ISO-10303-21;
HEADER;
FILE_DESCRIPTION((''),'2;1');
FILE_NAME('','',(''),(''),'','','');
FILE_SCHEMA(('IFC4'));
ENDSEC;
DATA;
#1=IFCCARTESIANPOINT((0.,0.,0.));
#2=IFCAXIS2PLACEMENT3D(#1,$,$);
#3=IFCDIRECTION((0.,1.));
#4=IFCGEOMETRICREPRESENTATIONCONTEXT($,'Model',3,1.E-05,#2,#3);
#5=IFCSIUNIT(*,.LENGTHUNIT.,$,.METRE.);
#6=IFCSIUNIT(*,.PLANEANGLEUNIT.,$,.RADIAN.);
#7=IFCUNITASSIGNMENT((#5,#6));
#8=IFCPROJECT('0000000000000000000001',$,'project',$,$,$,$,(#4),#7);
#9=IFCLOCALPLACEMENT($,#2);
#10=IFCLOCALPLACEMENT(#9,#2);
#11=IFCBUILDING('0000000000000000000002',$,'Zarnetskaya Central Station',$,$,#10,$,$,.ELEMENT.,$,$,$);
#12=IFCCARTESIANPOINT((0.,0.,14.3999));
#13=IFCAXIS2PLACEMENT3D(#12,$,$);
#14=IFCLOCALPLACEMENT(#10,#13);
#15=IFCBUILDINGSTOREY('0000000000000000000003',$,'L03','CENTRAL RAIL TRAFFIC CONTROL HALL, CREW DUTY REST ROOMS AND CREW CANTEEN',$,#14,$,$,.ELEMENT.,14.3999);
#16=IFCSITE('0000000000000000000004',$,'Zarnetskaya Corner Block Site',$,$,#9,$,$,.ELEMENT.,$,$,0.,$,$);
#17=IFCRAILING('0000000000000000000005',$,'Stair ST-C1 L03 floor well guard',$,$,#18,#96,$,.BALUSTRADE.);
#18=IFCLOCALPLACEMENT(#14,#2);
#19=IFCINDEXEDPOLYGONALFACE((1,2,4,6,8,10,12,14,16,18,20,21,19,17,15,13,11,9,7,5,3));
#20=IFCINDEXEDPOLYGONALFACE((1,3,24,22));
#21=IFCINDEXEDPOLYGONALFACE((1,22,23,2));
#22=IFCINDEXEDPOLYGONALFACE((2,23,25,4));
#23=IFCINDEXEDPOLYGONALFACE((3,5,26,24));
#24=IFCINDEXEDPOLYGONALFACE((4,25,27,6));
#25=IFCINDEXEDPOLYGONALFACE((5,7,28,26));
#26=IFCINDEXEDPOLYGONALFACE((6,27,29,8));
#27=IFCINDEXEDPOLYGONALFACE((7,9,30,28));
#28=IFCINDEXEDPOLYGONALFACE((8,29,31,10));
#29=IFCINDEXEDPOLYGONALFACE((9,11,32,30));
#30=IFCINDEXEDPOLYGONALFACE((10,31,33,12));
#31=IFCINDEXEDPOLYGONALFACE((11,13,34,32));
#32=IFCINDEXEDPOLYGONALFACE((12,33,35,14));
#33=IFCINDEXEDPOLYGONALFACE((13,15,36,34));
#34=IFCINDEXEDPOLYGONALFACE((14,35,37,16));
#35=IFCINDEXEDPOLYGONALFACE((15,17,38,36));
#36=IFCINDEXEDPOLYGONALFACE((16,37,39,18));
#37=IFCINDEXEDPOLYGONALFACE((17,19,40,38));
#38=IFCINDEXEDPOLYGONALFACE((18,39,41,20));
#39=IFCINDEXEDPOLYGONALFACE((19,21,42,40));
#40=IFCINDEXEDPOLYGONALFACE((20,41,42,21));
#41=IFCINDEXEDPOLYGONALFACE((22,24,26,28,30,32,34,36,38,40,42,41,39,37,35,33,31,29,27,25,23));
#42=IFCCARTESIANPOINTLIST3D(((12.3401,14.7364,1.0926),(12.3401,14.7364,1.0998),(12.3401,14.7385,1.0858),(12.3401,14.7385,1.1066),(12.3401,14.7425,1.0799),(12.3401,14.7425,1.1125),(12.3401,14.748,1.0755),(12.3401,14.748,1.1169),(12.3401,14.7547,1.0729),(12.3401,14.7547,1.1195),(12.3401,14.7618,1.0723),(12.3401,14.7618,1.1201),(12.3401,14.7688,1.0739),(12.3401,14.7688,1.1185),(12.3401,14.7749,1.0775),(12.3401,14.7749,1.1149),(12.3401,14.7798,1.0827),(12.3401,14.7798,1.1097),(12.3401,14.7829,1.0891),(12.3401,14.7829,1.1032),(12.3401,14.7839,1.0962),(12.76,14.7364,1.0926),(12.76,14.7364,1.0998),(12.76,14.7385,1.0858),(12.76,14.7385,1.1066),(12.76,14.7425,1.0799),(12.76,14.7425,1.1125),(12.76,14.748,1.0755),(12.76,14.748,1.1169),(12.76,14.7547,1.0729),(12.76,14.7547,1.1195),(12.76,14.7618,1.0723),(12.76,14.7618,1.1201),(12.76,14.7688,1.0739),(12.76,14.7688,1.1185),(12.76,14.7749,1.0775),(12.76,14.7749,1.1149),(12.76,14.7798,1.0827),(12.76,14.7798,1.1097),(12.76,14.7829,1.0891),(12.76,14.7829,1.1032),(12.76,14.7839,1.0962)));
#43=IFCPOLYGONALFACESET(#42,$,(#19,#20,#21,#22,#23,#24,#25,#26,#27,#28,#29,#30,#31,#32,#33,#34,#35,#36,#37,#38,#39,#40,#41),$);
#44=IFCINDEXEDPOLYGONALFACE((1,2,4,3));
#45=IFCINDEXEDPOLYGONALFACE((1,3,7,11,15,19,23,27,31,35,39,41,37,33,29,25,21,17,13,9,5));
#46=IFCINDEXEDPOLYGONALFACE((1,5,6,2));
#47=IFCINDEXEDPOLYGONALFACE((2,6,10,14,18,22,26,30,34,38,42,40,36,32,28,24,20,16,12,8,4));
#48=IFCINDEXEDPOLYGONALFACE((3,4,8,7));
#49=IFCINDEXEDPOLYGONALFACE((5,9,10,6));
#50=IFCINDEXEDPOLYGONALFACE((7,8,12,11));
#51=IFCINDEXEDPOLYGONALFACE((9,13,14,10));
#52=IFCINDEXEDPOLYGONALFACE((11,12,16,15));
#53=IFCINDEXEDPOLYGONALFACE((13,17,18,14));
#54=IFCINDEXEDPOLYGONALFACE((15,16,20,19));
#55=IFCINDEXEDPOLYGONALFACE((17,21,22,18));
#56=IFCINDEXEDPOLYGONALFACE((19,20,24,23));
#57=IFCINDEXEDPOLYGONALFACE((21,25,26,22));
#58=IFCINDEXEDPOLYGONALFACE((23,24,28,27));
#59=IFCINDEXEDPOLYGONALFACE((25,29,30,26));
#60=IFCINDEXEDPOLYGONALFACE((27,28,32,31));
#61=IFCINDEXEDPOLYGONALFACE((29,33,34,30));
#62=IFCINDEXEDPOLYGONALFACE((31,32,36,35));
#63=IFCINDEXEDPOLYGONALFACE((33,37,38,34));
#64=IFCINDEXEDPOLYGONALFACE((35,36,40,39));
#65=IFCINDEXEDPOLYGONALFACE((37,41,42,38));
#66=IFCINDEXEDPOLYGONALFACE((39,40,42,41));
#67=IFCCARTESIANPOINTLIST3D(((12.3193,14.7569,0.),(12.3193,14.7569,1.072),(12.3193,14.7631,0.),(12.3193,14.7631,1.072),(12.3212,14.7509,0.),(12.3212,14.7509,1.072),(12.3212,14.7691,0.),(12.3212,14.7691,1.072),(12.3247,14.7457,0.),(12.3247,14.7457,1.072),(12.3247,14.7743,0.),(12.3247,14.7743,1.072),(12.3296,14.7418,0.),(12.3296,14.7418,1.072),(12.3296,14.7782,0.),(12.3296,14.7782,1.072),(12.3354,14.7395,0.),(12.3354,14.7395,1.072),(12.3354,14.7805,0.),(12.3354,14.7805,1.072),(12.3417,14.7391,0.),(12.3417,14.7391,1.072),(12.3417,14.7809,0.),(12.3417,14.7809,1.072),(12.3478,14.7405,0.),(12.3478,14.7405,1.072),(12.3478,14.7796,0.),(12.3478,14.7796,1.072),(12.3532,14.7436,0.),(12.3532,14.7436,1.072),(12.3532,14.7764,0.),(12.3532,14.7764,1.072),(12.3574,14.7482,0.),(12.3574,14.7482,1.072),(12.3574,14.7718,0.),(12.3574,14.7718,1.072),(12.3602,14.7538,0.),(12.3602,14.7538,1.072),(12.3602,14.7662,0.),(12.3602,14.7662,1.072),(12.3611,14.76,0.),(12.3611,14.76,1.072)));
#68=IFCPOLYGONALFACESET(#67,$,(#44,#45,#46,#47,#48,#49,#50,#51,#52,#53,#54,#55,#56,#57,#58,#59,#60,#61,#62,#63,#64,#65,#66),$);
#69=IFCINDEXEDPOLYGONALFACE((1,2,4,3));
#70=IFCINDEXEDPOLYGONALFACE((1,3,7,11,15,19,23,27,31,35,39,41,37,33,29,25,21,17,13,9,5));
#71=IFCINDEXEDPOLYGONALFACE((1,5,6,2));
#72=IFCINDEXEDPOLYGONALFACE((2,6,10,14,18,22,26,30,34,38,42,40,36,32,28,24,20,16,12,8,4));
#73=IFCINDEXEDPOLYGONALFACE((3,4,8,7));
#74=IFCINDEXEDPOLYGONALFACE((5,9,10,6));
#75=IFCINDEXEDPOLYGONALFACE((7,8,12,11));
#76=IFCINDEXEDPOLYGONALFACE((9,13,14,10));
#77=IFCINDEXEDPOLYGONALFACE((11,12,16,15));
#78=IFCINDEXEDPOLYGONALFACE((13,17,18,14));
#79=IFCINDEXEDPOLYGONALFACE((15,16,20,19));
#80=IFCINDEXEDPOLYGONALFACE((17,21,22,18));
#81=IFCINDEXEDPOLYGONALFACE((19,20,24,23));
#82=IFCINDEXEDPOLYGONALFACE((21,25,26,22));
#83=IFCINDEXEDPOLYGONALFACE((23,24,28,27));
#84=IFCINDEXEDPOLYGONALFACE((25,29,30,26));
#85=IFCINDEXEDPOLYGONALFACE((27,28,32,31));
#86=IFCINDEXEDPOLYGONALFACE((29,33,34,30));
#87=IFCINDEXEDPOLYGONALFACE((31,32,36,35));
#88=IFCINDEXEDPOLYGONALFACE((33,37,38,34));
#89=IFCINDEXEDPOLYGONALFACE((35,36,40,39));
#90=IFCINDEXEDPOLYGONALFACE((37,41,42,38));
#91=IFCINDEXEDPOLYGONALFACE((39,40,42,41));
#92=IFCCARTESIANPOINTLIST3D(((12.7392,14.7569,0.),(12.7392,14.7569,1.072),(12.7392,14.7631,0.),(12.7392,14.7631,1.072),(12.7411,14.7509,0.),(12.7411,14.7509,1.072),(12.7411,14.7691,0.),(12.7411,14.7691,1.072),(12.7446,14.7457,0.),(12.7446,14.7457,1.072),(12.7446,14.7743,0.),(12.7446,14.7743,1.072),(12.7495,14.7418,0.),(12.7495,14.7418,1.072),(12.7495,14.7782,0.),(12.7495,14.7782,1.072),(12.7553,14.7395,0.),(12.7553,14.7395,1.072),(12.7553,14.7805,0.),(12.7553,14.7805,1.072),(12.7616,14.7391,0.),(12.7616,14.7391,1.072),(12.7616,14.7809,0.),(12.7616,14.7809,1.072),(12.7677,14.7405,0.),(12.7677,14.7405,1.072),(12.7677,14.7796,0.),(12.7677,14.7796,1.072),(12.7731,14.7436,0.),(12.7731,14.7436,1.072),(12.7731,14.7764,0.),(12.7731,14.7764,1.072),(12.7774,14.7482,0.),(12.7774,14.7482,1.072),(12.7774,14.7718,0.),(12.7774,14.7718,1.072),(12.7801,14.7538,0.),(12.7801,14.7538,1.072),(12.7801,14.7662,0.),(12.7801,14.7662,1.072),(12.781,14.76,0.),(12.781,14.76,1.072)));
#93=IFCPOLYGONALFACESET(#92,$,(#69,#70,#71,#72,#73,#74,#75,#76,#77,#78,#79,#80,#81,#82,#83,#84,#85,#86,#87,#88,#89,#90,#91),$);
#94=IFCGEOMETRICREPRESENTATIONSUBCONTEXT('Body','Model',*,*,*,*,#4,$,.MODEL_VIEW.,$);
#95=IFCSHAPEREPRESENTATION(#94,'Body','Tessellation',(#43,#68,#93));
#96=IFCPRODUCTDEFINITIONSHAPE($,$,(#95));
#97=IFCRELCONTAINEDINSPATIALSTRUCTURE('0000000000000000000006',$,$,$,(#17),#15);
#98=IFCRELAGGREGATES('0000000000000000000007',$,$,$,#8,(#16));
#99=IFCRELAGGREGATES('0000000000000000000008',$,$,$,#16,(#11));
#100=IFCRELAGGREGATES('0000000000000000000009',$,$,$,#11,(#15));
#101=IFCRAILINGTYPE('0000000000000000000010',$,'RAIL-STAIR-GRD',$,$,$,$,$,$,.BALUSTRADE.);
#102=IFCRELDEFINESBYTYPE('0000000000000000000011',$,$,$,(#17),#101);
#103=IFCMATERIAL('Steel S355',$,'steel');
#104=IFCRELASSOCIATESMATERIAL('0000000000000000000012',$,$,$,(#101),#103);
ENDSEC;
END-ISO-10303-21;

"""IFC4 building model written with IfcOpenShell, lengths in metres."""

from ifc_helpers import new_model, si_unit, direction, frame, origin, origin_2d, place, context, subcontext, project, spatial, circle, extrude, material, type_object, element, save


model = new_model("IFC4")

# Units and contexts
model_context = context("Model", 3, precision=1e-05, world=origin(), true_north=direction((0.0, 1.0)))
body_context = subcontext(model_context, "Body", "Model", "MODEL_VIEW")
ifc_project = project(units=[si_unit("LENGTHUNIT", "METRE"), si_unit("PLANEANGLEUNIT", "RADIAN")], contexts=[model_context])

# Site, building, storey
site_placement = place(None, origin())
site = spatial("IfcSite", under=ifc_project, at=site_placement, Name="Zarnetskaya Corner Block Site", CompositionType="ELEMENT", RefElevation=0.0)
building_placement = place(site_placement, origin())
building = spatial("IfcBuilding", under=site, at=building_placement, Name="Zarnetskaya Central Station", CompositionType="ELEMENT")
storey_placement = place(building_placement, frame((0.0, 0.0, 14.3999)))
storey = spatial("IfcBuildingStorey", under=building, at=storey_placement, Name="L03", Description="CENTRAL RAIL TRAFFIC CONTROL HALL, CREW DUTY REST ROOMS AND CREW CANTEEN", CompositionType="ELEMENT", Elevation=14.3999)

# Shared definitions
ifc_material_1 = material(Name="Steel S355", Category="steel")

# Railing
railing_type_1 = type_object("IfcRailingType", Name="RAIL-STAIR-GRD", PredefinedType="BALUSTRADE", material=ifc_material_1)
railing_1_placement = place(storey_placement, frame((12.3401, 14.76, 0.0)))
element("IfcRailing", 1, at=railing_1_placement, inside=storey, type_object=railing_type_1, Name="Stair ST-C1 L03 floor well guard", PredefinedType="BALUSTRADE", context=body_context, shape_type="SweptSolid", body=[
    extrude(circle(Radius=0.0239, at=origin_2d()), frame((0.0, 0.0, 1.0962), z_axis=(1.0, 0.0, 0.0), x_axis=(0.0, 1.0, 0.0)), (0.0, 0.0, 1.0), 0.4199),
    extrude(circle(Radius=0.021, at=origin_2d()), origin(), (0.0, 0.0, 1.0), 1.072),
    extrude(circle(Radius=0.021, at=origin_2d()), frame((0.4199, 0.0, 0.0)), (0.0, 0.0, 1.0), 1.072),
])

save(model, "model.ifc")
